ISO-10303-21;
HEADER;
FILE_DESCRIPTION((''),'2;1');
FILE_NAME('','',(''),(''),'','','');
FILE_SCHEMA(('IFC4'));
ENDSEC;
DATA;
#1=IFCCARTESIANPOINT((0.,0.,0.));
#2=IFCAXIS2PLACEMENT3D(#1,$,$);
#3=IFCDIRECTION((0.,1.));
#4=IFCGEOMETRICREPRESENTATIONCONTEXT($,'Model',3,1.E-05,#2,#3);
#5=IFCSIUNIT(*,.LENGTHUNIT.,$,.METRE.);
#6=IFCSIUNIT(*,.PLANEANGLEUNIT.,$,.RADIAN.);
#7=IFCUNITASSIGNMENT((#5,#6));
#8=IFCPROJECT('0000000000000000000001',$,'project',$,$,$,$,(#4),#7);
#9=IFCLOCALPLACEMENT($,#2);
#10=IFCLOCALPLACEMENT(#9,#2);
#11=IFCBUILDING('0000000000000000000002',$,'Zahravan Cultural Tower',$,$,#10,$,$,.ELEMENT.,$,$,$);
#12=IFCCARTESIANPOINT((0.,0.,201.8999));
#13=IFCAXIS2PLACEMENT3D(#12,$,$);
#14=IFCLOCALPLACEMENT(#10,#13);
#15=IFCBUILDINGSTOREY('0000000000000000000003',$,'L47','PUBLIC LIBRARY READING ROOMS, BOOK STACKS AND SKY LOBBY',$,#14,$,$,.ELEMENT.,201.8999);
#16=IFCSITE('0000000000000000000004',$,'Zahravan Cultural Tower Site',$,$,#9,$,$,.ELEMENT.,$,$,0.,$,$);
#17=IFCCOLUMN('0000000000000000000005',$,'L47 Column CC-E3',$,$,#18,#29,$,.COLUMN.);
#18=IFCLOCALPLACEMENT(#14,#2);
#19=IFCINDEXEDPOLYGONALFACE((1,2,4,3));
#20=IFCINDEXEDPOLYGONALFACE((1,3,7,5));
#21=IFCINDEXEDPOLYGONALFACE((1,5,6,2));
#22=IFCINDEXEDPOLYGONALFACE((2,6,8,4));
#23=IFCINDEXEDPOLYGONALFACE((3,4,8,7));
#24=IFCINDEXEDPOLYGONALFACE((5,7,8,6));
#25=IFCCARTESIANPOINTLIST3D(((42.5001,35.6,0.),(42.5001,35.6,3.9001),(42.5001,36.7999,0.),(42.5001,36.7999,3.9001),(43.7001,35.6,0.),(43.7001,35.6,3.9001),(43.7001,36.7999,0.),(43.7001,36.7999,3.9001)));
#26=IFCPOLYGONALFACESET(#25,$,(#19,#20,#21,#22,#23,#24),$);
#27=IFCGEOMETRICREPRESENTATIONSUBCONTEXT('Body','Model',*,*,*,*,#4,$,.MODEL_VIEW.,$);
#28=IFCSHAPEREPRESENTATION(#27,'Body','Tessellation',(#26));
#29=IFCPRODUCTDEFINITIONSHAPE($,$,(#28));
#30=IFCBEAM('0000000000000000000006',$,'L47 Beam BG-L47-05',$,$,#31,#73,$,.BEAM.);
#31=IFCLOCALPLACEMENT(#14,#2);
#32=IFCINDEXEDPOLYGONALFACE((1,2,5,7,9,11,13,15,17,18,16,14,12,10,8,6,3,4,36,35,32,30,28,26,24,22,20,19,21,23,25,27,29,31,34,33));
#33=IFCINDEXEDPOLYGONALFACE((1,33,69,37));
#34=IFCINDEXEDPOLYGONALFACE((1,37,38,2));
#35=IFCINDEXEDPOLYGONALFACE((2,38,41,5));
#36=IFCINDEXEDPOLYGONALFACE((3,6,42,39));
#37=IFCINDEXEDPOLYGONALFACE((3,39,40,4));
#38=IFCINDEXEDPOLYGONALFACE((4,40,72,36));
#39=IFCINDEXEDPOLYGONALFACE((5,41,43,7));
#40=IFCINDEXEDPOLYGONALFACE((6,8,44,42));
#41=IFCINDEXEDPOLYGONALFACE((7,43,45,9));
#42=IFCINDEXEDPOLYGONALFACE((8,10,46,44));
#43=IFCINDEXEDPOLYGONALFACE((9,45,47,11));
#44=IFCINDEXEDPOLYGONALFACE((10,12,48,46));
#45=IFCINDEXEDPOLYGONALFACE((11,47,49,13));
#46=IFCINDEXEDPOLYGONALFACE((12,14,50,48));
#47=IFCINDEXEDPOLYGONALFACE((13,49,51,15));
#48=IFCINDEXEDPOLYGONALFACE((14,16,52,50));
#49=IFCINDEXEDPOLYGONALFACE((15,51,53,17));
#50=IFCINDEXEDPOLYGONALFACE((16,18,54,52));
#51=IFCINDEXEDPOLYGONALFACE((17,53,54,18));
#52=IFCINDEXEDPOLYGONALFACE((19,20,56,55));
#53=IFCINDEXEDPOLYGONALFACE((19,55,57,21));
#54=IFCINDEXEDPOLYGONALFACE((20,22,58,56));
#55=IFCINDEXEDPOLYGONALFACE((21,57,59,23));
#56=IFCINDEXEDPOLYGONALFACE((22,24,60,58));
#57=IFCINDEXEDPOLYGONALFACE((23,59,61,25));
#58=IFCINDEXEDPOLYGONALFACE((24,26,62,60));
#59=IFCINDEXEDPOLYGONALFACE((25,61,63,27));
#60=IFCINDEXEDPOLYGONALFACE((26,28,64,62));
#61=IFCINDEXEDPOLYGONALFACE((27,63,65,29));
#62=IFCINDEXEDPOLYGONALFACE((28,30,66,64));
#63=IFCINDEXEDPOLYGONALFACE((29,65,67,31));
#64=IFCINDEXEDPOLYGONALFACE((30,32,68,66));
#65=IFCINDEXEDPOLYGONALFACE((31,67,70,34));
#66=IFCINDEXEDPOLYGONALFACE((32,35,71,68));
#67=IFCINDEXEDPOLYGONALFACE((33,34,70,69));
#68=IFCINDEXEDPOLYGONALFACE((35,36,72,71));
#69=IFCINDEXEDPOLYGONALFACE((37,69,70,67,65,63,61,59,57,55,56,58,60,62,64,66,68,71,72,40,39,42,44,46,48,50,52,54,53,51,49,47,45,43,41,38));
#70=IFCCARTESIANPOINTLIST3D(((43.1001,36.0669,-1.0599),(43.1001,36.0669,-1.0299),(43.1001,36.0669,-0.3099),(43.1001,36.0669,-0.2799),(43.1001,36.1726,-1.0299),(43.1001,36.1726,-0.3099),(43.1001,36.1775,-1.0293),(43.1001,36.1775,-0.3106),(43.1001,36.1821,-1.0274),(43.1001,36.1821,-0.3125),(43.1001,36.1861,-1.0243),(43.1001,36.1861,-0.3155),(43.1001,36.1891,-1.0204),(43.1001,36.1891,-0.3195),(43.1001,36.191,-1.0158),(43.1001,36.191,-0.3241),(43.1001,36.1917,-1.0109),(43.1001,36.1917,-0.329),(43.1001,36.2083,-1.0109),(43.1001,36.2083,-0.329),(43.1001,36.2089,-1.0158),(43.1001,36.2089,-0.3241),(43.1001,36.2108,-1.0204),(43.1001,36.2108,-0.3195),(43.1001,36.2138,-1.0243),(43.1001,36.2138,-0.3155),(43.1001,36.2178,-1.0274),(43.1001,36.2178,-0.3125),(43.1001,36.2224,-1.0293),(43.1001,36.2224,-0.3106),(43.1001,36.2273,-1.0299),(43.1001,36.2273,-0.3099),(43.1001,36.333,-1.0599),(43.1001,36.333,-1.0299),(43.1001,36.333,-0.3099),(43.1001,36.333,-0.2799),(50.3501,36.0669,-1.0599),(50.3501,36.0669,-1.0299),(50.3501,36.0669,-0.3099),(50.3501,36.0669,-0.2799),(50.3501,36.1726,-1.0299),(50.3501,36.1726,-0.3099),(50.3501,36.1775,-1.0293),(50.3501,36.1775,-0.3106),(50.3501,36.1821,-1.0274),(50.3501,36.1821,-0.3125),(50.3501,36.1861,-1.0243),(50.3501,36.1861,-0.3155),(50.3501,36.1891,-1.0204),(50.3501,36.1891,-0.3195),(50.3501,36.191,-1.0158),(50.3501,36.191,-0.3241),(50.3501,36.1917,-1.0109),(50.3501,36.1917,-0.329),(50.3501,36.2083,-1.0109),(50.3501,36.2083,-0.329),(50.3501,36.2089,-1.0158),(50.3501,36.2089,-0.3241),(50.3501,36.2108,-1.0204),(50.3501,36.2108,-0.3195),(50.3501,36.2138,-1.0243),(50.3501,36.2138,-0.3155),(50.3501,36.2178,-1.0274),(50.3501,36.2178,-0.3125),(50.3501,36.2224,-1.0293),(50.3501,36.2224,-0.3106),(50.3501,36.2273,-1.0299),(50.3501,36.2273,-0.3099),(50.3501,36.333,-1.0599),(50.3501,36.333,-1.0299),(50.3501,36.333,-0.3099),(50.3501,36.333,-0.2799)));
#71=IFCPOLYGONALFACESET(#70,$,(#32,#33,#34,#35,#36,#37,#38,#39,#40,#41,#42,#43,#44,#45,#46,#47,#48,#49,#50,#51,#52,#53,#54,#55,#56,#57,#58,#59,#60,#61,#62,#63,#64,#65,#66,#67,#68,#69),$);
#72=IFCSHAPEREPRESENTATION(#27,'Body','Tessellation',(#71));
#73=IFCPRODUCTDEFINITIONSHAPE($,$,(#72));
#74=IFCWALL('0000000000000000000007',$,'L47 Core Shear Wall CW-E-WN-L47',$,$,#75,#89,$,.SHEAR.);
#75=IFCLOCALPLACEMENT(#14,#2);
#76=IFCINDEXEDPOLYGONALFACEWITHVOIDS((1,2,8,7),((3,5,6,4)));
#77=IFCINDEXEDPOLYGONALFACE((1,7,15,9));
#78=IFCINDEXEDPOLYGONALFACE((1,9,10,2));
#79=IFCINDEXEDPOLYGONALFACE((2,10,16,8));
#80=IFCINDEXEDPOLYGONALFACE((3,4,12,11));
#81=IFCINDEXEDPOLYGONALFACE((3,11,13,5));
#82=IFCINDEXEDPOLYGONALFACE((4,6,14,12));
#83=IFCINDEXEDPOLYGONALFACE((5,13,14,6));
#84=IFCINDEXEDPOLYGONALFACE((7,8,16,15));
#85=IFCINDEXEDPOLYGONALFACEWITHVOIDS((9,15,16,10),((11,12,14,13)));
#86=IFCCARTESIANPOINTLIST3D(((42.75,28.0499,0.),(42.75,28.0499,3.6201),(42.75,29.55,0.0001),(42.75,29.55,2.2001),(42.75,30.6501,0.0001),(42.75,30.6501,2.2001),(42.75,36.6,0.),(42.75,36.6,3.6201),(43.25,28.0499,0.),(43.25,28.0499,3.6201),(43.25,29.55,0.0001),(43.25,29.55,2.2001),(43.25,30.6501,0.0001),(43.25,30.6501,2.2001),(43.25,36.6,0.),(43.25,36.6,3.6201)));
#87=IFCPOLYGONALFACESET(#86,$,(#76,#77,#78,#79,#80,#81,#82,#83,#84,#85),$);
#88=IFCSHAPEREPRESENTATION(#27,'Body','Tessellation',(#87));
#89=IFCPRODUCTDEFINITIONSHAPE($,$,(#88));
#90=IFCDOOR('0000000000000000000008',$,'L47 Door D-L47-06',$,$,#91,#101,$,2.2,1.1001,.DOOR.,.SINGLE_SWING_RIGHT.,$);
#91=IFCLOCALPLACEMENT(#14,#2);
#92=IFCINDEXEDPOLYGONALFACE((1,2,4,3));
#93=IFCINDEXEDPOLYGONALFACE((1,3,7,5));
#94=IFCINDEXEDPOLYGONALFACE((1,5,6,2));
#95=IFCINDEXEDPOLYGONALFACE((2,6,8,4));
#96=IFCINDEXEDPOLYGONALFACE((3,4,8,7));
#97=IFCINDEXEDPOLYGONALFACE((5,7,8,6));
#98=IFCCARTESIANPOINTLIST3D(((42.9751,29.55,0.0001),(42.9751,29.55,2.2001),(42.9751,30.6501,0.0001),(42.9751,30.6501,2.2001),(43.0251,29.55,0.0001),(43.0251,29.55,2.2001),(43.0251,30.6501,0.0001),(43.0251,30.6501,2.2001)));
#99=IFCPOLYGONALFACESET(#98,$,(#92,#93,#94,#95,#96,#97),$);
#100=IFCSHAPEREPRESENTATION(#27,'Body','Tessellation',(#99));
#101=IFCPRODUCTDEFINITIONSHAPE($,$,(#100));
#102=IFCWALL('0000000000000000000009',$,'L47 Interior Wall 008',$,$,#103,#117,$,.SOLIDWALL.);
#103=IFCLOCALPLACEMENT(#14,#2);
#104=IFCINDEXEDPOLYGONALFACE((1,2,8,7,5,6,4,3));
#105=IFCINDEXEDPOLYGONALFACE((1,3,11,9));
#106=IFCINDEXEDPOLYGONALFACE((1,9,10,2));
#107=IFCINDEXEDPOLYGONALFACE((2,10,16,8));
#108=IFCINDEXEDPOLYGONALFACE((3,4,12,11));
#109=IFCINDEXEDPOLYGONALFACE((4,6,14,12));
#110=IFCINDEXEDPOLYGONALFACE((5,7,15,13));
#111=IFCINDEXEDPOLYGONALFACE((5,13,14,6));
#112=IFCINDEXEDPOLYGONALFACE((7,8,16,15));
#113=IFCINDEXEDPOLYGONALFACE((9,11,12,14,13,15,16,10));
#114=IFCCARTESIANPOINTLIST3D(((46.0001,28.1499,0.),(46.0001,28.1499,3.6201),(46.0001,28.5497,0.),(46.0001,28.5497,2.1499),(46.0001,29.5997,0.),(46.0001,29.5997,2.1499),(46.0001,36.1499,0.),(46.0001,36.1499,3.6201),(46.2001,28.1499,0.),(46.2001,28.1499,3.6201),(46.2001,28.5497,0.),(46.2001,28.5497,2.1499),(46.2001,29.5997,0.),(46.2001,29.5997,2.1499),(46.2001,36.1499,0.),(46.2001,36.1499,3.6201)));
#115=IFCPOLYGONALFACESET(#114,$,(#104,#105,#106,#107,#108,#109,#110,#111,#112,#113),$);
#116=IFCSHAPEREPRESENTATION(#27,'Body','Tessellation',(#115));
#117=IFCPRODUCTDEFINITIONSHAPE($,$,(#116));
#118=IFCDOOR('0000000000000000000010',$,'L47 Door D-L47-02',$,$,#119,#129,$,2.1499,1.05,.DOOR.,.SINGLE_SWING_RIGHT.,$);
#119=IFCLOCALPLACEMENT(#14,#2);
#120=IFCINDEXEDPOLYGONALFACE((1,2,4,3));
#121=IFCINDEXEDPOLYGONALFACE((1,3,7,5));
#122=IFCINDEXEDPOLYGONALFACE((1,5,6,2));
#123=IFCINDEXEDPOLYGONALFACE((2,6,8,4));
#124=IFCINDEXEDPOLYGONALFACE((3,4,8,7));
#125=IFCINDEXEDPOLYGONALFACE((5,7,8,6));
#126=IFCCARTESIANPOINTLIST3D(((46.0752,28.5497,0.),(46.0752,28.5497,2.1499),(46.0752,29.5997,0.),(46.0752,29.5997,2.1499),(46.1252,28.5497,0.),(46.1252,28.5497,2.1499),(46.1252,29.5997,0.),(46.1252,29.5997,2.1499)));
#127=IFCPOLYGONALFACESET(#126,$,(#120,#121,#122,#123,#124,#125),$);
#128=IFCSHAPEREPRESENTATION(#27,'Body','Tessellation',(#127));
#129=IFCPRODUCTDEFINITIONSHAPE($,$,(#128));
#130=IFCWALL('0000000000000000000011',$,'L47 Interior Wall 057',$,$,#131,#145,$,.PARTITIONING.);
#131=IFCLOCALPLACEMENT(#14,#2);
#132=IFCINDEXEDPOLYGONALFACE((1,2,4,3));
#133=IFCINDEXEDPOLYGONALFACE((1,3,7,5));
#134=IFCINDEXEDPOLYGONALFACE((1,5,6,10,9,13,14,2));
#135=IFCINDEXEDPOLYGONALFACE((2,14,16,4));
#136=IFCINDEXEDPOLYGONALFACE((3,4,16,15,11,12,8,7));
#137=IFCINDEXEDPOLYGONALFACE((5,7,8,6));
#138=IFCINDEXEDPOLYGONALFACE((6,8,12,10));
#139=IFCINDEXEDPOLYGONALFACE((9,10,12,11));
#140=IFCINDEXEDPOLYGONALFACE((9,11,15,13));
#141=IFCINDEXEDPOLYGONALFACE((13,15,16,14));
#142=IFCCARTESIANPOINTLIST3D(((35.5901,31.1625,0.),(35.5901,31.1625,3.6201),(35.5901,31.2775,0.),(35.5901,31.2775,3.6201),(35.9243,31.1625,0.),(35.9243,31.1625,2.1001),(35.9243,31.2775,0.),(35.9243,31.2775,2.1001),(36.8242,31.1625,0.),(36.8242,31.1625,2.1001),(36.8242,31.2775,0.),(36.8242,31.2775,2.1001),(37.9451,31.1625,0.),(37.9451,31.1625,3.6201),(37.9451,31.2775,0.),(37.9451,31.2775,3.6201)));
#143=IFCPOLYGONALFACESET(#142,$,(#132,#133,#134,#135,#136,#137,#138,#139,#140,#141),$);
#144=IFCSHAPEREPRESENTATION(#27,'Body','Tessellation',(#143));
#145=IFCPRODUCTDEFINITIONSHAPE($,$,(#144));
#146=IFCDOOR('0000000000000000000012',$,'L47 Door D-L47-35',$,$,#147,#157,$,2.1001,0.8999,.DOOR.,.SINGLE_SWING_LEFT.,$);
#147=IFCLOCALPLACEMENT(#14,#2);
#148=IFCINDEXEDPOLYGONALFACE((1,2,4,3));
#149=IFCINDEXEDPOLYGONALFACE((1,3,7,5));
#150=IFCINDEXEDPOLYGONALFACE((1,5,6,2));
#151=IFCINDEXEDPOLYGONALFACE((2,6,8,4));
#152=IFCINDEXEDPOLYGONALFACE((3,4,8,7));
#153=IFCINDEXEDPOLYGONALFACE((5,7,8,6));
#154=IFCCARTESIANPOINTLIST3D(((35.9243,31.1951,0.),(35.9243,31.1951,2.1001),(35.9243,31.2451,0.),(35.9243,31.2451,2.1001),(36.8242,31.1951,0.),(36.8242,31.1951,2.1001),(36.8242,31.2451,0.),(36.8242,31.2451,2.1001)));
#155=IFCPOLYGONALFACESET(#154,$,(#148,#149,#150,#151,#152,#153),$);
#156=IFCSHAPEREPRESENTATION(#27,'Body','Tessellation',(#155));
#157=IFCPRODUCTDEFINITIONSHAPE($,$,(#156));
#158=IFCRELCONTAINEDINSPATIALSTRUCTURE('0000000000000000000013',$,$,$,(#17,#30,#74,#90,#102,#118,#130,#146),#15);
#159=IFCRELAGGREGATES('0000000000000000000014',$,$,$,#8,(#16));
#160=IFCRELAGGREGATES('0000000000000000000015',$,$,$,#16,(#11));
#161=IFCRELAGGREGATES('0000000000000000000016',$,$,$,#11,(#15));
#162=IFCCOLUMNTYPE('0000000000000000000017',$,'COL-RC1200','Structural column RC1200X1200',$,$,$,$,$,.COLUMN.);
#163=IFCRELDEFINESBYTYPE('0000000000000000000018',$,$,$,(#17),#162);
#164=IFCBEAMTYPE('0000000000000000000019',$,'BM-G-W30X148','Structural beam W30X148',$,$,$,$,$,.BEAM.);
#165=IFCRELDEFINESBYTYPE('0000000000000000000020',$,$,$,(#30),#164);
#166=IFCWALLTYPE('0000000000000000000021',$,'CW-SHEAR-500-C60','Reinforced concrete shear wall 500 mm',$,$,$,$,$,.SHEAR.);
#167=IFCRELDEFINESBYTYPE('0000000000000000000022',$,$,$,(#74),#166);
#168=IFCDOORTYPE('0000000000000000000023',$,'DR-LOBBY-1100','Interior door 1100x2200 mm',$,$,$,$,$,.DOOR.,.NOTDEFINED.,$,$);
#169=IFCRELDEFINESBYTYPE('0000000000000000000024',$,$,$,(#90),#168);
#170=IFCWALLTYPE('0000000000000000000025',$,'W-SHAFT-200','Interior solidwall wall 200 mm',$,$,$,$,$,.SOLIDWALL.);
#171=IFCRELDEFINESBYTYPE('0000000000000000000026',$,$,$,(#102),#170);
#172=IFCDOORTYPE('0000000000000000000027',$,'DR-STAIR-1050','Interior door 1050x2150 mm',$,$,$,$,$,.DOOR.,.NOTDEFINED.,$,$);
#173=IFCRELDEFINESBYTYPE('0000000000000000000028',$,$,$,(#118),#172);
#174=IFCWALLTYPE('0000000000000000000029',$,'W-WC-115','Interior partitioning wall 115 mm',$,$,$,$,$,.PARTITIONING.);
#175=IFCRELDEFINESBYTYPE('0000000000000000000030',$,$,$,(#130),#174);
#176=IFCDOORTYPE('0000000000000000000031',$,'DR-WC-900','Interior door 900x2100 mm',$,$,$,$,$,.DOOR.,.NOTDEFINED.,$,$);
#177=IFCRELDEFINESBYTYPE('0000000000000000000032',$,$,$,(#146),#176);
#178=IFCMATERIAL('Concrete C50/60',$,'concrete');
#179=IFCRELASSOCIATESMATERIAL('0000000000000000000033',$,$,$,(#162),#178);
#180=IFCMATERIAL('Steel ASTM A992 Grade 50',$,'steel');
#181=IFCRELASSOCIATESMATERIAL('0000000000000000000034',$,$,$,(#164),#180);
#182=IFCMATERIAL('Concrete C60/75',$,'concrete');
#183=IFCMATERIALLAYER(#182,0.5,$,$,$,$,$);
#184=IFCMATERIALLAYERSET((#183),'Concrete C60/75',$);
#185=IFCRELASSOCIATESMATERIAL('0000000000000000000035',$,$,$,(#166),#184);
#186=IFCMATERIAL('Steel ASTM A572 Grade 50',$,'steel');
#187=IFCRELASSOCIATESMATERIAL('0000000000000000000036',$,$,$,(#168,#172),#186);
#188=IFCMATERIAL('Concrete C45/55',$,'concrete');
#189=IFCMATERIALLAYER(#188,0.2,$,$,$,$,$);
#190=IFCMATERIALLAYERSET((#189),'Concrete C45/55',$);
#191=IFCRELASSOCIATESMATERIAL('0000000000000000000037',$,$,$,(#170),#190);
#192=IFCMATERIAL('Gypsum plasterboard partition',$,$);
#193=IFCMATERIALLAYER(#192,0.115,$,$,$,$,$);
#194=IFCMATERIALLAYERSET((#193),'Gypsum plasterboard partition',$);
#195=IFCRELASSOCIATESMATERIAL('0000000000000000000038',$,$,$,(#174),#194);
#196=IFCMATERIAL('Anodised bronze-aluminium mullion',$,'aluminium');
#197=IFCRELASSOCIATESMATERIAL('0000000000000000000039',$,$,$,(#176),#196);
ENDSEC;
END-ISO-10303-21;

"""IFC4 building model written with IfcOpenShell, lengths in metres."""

from ifc_helpers import new_model, si_unit, direction, frame, frame_2d, origin, origin_2d, place, context, subcontext, project, spatial, rectangle, i_section, extrude, source, transform, mapped, material, layer, layer_set, material_profile, profile_set, type_object, element, fill, save


model = new_model("IFC4")

# Units and contexts
model_context = context("Model", 3, precision=1e-05, world=origin(), true_north=direction((0.0, 1.0)))
body_context = subcontext(model_context, "Body", "Model", "MODEL_VIEW")
ifc_project = project(units=[si_unit("LENGTHUNIT", "METRE"), si_unit("PLANEANGLEUNIT", "RADIAN")], contexts=[model_context])

# Site, building, storey
site_placement = place(None, origin())
site = spatial("IfcSite", under=ifc_project, at=site_placement, Name="Zahravan Cultural Tower Site", CompositionType="ELEMENT", RefElevation=0.0)
building_placement = place(site_placement, origin())
building = spatial("IfcBuilding", under=site, at=building_placement, Name="Zahravan Cultural Tower", CompositionType="ELEMENT")
storey_placement = place(building_placement, frame((0.0, 0.0, 201.8999)))
storey = spatial("IfcBuildingStorey", under=building, at=storey_placement, Name="L47", Description="PUBLIC LIBRARY READING ROOMS, BOOK STACKS AND SKY LOBBY", CompositionType="ELEMENT", Elevation=201.8999)

# Column
ifc_material_1 = material(Name="Concrete C50/60", Category="concrete")
ifc_material_profile_1 = material_profile(ifc_material_1, rectangle(XDim=1.2, YDim=1.2, at=origin_2d()), Name="RC1200X1200")
ifc_profile_set_1 = profile_set([ifc_material_profile_1], Name="Concrete C50/60")
column_type = type_object("IfcColumnType", Name="COL-RC1200", Description="Structural column RC1200X1200", PredefinedType="COLUMN", material=ifc_profile_set_1)
shared_shape_1 = source(origin(), body_context, "Body", "SweptSolid", [
    extrude(rectangle(XDim=1.2, YDim=1.2, at=origin_2d()), origin(), (0.0, 0.0, 1.0), 3.9001),
])
column_placement = place(storey_placement, frame((43.1001, 36.2, 0.0), z_axis=(0.0, 0.0, 1.0), x_axis=(1.0, 0.0, 0.0)))
element("IfcColumn", 1, at=column_placement, inside=storey, type_object=column_type, Name="L47 Column CC-E3", PredefinedType="COLUMN", context=body_context, shape_type="MappedRepresentation", body=[
    mapped(shared_shape_1, transform((0.0, 0.0, 0.0), x_axis=(1.0, 0.0, 0.0), y_axis=(0.0, 1.0, 0.0), z_axis=(0.0, 0.0, 1.0), scale=1.0)),
])

# Beam
ifc_material_2 = material(Name="Steel ASTM A992 Grade 50", Category="steel")
ifc_material_profile_2 = material_profile(ifc_material_2, i_section(OverallWidth=0.2661, OverallDepth=0.78, WebThickness=0.0166, FlangeThickness=0.03, FilletRadius=0.019, at=origin_2d()), Name="W30X148")
ifc_profile_set_2 = profile_set([ifc_material_profile_2], Name="Steel ASTM A992 Grade 50")
beam_type = type_object("IfcBeamType", Name="BM-G-W30X148", Description="Structural beam W30X148", PredefinedType="BEAM", material=ifc_profile_set_2)
shared_shape_2 = source(origin(), body_context, "Body", "SweptSolid", [
    extrude(i_section(OverallWidth=0.2661, OverallDepth=0.78, WebThickness=0.0166, FlangeThickness=0.03, FilletRadius=0.019, at=origin_2d()), origin(), (0.0, 0.0, 1.0), 7.25),
])
beam_placement = place(storey_placement, frame((43.1001, 36.2, -0.6699), z_axis=(1.0, 0.0, 0.0), x_axis=(0.0, 1.0, 0.0)))
element("IfcBeam", 2, at=beam_placement, inside=storey, type_object=beam_type, Name="L47 Beam BG-L47-05", PredefinedType="BEAM", context=body_context, shape_type="MappedRepresentation", body=[
    mapped(shared_shape_2, transform((0.0, 0.0, 0.0), x_axis=(1.0, 0.0, 0.0), y_axis=(0.0, 1.0, 0.0), z_axis=(0.0, 0.0, 1.0), scale=1.0)),
])

# Walls, openings, doors
ifc_material_3 = material(Name="Concrete C60/75", Category="concrete")
ifc_layer_1 = layer(ifc_material_3, 0.5)
ifc_layer_set_1 = layer_set([ifc_layer_1], Name="Concrete C60/75")
wall_type_1 = type_object("IfcWallType", Name="CW-SHEAR-500-C60", Description="Reinforced concrete shear wall 500 mm", PredefinedType="SHEAR", material=ifc_layer_set_1)
wall_1_placement = place(storey_placement, frame((43.0, 28.05, 0.0), z_axis=(0.0, 0.0, 1.0), x_axis=(0.0, 1.0, 0.0)))
wall_1 = element("IfcWall", 3, at=wall_1_placement, inside=storey, type_object=wall_type_1, Name="L47 Core Shear Wall CW-E-WN-L47", PredefinedType="SHEAR", context=body_context, shape_type="SweptSolid", body=[
    extrude(rectangle(XDim=8.55, YDim=0.5, at=frame_2d((4.2749, 0.0))), origin(), (0.0, 0.0, 1.0), 3.6201),
])
opening_1_placement = place(wall_1_placement, frame((1.5, 0.0, 0.0)))
opening_1 = element("IfcOpeningElement", 4, at=opening_1_placement, cuts=wall_1, PredefinedType="OPENING", context=body_context, shape_type="SweptSolid", body=[
    extrude(rectangle(XDim=1.1001, YDim=2.2, at=frame_2d((0.55, 1.1001))), frame((0.0, 0.26, 0.0), z_axis=(0.0, -1.0, 0.0), x_axis=(1.0, 0.0, 0.0)), (0.0, 0.0, 1.0), 0.52),
])
ifc_material_4 = material(Name="Steel ASTM A572 Grade 50", Category="steel")
door_type_1 = type_object("IfcDoorType", Name="DR-LOBBY-1100", Description="Interior door 1100x2200 mm", OperationType="NOTDEFINED", PredefinedType="DOOR", material=ifc_material_4)
shared_shape_3 = source(origin(), body_context, "Body", "SweptSolid", [
    extrude(rectangle(XDim=1.1001, YDim=2.2, at=frame_2d((0.55, 1.1001))), frame((0.0, 0.0249, 0.0), z_axis=(0.0, -1.0, 0.0), x_axis=(1.0, 0.0, 0.0)), (0.0, 0.0, 1.0), 0.05),
])
door_1_placement = place(opening_1_placement, origin())
door_1 = element("IfcDoor", 5, at=door_1_placement, inside=storey, type_object=door_type_1, Name="L47 Door D-L47-06", OperationType="SINGLE_SWING_RIGHT", OverallHeight=2.2, OverallWidth=1.1001, PredefinedType="DOOR", context=body_context, shape_type="MappedRepresentation", body=[
    mapped(shared_shape_3, transform((0.0, 0.0, 0.0), x_axis=(1.0, 0.0, 0.0), y_axis=(0.0, 1.0, 0.0), z_axis=(0.0, 0.0, 1.0), scale=1.0)),
])
fill(opening_1, door_1)
ifc_material_5 = material(Name="Concrete C45/55", Category="concrete")
ifc_layer_2 = layer(ifc_material_5, 0.2)
ifc_layer_set_2 = layer_set([ifc_layer_2], Name="Concrete C45/55")
wall_type_2 = type_object("IfcWallType", Name="W-SHAFT-200", Description="Interior solidwall wall 200 mm", PredefinedType="SOLIDWALL", material=ifc_layer_set_2)
wall_2_placement = place(storey_placement, frame((46.1001, 28.1499, 0.0), z_axis=(0.0, 0.0, 1.0), x_axis=(0.0, 1.0, 0.0)))
wall_2 = element("IfcWall", 6, at=wall_2_placement, inside=storey, type_object=wall_type_2, Name="L47 Interior Wall 008", PredefinedType="SOLIDWALL", context=body_context, shape_type="SweptSolid", body=[
    extrude(rectangle(XDim=8.0, YDim=0.2, at=frame_2d((4.0, 0.0))), origin(), (0.0, 0.0, 1.0), 3.6201),
])
opening_2_placement = place(wall_2_placement, frame((0.3999, 0.0, 0.0)))
opening_2 = element("IfcOpeningElement", 7, at=opening_2_placement, cuts=wall_2, PredefinedType="OPENING", context=body_context, shape_type="SweptSolid", body=[
    extrude(rectangle(XDim=1.05, YDim=2.1499, at=frame_2d((0.5249, 1.075))), frame((0.0, 0.1099, 0.0), z_axis=(0.0, -1.0, 0.0), x_axis=(1.0, 0.0, 0.0)), (0.0, 0.0, 1.0), 0.22),
])
door_type_2 = type_object("IfcDoorType", Name="DR-STAIR-1050", Description="Interior door 1050x2150 mm", OperationType="NOTDEFINED", PredefinedType="DOOR", material=ifc_material_4)
shared_shape_4 = source(origin(), body_context, "Body", "SweptSolid", [
    extrude(rectangle(XDim=1.05, YDim=2.1499, at=frame_2d((0.5249, 1.075))), frame((0.0, 0.0249, 0.0), z_axis=(0.0, -1.0, 0.0), x_axis=(1.0, 0.0, 0.0)), (0.0, 0.0, 1.0), 0.05),
])
door_2_placement = place(opening_2_placement, origin())
door_2 = element("IfcDoor", 8, at=door_2_placement, inside=storey, type_object=door_type_2, Name="L47 Door D-L47-02", OperationType="SINGLE_SWING_RIGHT", OverallHeight=2.1499, OverallWidth=1.05, PredefinedType="DOOR", context=body_context, shape_type="MappedRepresentation", body=[
    mapped(shared_shape_4, transform((0.0, 0.0, 0.0), x_axis=(1.0, 0.0, 0.0), y_axis=(0.0, 1.0, 0.0), z_axis=(0.0, 0.0, 1.0), scale=1.0)),
])
fill(opening_2, door_2)
ifc_material_6 = material(Name="Gypsum plasterboard partition")
ifc_layer_3 = layer(ifc_material_6, 0.115)
ifc_layer_set_3 = layer_set([ifc_layer_3], Name="Gypsum plasterboard partition")
wall_type_3 = type_object("IfcWallType", Name="W-WC-115", Description="Interior partitioning wall 115 mm", PredefinedType="PARTITIONING", material=ifc_layer_set_3)
wall_3_placement = place(storey_placement, frame((37.9451, 31.22, 0.0), z_axis=(0.0, 0.0, 1.0), x_axis=(-1.0, 0.0, 0.0)))
wall_3 = element("IfcWall", 9, at=wall_3_placement, inside=storey, type_object=wall_type_3, Name="L47 Interior Wall 057", PredefinedType="PARTITIONING", context=body_context, shape_type="SweptSolid", body=[
    extrude(rectangle(XDim=2.355, YDim=0.115, at=frame_2d((1.1775, 0.0))), origin(), (0.0, 0.0, 1.0), 3.6201),
])
opening_3_placement = place(wall_3_placement, frame((1.1208, 0.0, 0.0)))
opening_3 = element("IfcOpeningElement", 10, at=opening_3_placement, cuts=wall_3, PredefinedType="OPENING", context=body_context, shape_type="SweptSolid", body=[
    extrude(rectangle(XDim=0.8999, YDim=2.1001, at=frame_2d((0.45, 1.05))), frame((0.0, 0.0674, 0.0), z_axis=(0.0, -1.0, 0.0), x_axis=(1.0, 0.0, 0.0)), (0.0, 0.0, 1.0), 0.135),
])
ifc_material_7 = material(Name="Anodised bronze-aluminium mullion", Category="aluminium")
door_type_3 = type_object("IfcDoorType", Name="DR-WC-900", Description="Interior door 900x2100 mm", OperationType="NOTDEFINED", PredefinedType="DOOR", material=ifc_material_7)
shared_shape_5 = source(origin(), body_context, "Body", "SweptSolid", [
    extrude(rectangle(XDim=0.8999, YDim=2.1001, at=frame_2d((0.45, 1.05))), frame((0.0, 0.0249, 0.0), z_axis=(0.0, -1.0, 0.0), x_axis=(1.0, 0.0, 0.0)), (0.0, 0.0, 1.0), 0.05),
])
door_3_placement = place(opening_3_placement, origin())
door_3 = element("IfcDoor", 11, at=door_3_placement, inside=storey, type_object=door_type_3, Name="L47 Door D-L47-35", OperationType="SINGLE_SWING_LEFT", OverallHeight=2.1001, OverallWidth=0.8999, PredefinedType="DOOR", context=body_context, shape_type="MappedRepresentation", body=[
    mapped(shared_shape_5, transform((0.0, 0.0, 0.0), x_axis=(1.0, 0.0, 0.0), y_axis=(0.0, 1.0, 0.0), z_axis=(0.0, 0.0, 1.0), scale=1.0)),
])
fill(opening_3, door_3)

save(model, "model.ifc")
